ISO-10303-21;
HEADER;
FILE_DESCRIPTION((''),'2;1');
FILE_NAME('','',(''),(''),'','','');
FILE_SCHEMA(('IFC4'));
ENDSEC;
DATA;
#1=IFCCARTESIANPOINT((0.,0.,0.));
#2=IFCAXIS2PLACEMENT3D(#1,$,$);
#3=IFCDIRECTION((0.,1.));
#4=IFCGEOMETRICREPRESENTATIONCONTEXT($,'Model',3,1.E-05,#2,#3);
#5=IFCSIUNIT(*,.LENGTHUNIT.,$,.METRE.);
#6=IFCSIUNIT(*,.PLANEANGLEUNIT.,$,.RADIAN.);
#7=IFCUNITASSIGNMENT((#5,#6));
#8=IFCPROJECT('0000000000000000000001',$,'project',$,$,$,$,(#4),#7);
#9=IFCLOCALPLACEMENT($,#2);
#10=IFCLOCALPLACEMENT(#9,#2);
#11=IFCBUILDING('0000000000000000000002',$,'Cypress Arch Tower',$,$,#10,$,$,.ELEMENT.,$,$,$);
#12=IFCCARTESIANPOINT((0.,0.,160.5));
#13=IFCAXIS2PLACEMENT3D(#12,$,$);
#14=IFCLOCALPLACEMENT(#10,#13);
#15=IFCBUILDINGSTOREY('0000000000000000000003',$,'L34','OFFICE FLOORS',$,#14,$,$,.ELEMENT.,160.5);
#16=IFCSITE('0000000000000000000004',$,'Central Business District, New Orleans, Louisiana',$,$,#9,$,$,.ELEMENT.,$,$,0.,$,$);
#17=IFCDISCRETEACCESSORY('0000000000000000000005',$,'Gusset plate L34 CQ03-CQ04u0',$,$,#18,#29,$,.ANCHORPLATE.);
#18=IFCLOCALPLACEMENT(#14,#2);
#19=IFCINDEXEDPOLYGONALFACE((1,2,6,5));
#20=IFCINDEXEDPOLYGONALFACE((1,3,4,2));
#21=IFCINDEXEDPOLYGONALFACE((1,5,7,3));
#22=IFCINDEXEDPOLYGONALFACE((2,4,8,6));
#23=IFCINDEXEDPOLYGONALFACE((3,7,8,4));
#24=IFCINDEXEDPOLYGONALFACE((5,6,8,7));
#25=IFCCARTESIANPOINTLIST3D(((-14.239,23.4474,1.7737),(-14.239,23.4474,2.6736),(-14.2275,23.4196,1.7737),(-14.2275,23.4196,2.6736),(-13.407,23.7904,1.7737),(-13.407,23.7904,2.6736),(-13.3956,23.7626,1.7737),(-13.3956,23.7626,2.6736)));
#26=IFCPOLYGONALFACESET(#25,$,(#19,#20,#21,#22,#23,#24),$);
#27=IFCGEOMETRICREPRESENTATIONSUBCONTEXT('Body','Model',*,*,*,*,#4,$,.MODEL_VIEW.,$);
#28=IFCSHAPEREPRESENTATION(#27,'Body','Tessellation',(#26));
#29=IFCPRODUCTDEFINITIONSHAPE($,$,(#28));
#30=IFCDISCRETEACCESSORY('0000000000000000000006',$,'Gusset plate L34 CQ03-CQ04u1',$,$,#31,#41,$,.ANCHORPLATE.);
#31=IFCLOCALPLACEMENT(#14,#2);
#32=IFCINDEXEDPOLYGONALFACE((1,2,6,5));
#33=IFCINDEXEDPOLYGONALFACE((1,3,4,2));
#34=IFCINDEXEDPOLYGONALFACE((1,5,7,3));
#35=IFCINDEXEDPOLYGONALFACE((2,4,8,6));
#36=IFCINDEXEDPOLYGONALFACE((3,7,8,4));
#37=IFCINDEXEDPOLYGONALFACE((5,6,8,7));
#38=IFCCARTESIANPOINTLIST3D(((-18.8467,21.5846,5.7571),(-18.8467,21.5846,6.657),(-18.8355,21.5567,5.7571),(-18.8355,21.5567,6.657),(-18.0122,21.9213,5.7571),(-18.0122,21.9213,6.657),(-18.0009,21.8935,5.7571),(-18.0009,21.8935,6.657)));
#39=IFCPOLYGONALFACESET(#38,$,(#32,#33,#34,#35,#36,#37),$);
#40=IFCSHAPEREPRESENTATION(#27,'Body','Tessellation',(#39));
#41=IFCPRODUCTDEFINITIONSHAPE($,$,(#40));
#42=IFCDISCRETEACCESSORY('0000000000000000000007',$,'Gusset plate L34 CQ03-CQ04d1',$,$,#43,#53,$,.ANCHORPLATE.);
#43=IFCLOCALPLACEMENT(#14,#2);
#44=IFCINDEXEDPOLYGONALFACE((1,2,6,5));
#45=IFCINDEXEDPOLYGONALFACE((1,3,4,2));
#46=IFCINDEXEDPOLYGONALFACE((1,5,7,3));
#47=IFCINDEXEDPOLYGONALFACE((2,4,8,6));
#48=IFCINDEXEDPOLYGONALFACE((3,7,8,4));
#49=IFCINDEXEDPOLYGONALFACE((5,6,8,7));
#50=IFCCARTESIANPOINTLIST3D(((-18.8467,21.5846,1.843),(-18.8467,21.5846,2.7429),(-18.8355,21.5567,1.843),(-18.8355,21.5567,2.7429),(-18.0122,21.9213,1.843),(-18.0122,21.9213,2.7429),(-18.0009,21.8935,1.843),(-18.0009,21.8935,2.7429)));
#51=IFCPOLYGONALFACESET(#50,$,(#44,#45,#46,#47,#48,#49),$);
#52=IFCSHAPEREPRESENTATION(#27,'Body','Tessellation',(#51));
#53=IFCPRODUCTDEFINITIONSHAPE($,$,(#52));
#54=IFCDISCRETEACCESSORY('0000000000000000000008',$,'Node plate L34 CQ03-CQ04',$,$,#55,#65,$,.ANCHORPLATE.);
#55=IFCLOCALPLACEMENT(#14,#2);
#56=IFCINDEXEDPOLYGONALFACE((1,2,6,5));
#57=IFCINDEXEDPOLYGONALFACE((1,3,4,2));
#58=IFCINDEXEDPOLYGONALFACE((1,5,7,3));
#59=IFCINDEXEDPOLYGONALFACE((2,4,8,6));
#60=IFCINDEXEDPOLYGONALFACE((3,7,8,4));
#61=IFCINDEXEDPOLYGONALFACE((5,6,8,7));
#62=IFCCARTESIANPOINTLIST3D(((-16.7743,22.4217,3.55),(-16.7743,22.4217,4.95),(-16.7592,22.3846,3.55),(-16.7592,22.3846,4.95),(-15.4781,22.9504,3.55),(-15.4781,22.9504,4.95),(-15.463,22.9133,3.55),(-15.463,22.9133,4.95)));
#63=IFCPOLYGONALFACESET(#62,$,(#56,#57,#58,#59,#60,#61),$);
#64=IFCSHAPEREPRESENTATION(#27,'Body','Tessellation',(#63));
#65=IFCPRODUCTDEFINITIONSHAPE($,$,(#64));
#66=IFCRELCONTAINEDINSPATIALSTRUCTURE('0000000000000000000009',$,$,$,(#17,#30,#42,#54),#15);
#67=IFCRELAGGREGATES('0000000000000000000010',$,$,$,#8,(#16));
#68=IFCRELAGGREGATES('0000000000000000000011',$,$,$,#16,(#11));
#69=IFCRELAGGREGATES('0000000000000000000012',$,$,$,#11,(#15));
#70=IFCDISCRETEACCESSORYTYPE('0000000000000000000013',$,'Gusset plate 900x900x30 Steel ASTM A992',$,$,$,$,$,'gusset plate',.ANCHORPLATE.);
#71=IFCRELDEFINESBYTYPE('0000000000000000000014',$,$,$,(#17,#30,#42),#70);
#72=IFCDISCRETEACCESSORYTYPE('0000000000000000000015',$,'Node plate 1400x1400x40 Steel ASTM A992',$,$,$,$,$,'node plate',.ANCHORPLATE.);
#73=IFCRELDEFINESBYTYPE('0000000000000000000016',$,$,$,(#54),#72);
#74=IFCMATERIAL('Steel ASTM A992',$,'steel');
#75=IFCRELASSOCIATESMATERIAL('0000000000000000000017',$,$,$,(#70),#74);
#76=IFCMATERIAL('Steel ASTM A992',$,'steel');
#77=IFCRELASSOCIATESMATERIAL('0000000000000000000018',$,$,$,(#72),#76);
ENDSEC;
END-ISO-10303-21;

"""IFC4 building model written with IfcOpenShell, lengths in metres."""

from ifc_helpers import new_model, si_unit, direction, frame, origin, origin_2d, place, context, subcontext, project, spatial, rectangle, extrude, material, material_profile, profile_set, type_object, element, save


model = new_model("IFC4")

# Units and contexts
model_context = context("Model", 3, precision=1e-05, world=origin(), true_north=direction((0.0, 1.0)))
body_context = subcontext(model_context, "Body", "Model", "MODEL_VIEW")
ifc_project = project(units=[si_unit("LENGTHUNIT", "METRE"), si_unit("PLANEANGLEUNIT", "RADIAN")], contexts=[model_context])

# Site, building, storey
site_placement = place(None, origin())
site = spatial("IfcSite", under=ifc_project, at=site_placement, Name="Central Business District, New Orleans, Louisiana", CompositionType="ELEMENT", RefElevation=0.0)
building_placement = place(site_placement, origin())
building = spatial("IfcBuilding", under=site, at=building_placement, Name="Cypress Arch Tower", CompositionType="ELEMENT")
storey_placement = place(building_placement, frame((0.0, 0.0, 160.5)))
storey = spatial("IfcBuildingStorey", under=building, at=storey_placement, Name="L34", Description="OFFICE FLOORS", CompositionType="ELEMENT", Elevation=160.5)

# Discrete accessories
ifc_material_1 = material(Name="Steel ASTM A992", Category="steel")
ifc_material_profile_1 = material_profile(ifc_material_1, rectangle(XDim=0.8999, YDim=0.8999, at=origin_2d()), Name="PL 30 900x900")
ifc_profile_set_1 = profile_set([ifc_material_profile_1], Name="Steel ASTM A992")
discrete_accessory_type_1 = type_object("IfcDiscreteAccessoryType", Name="Gusset plate 900x900x30 Steel ASTM A992", ElementType="gusset plate", PredefinedType="ANCHORPLATE", material=ifc_profile_set_1)
for number, where, z_axis, x_axis, name in (
    (1, (-13.823, 23.6189, 2.2236), (0.381158, -0.92451, 0.0), (0.92451, 0.381158, 0.0), "Gusset plate L34 CQ03-CQ04u0"),
    (2, (-18.4294, 21.7529, 6.207), (0.374194, -0.92735, 0.0), (0.92735, 0.374194, 0.0), "Gusset plate L34 CQ03-CQ04u1"),
    (3, (-18.4294, 21.7529, 2.293), (0.374194, -0.92735, 0.0), (0.92735, 0.374194, 0.0), "Gusset plate L34 CQ03-CQ04d1"),
):
    element("IfcDiscreteAccessory", number, at=place(storey_placement, frame(where, z_axis=z_axis, x_axis=x_axis)), inside=storey, type_object=discrete_accessory_type_1, Name=name, PredefinedType="ANCHORPLATE", context=body_context, shape_type="SweptSolid", body=[
        extrude(rectangle(XDim=0.8999, YDim=0.8999, at=origin_2d()), origin(), (0.0, 0.0, 1.0), 0.03),
    ])
ifc_material_2 = material(Name="Steel ASTM A992", Category="steel")
ifc_material_profile_2 = material_profile(ifc_material_2, rectangle(XDim=1.3999, YDim=1.3999, at=origin_2d()), Name="PL 40 1400x1400")
ifc_profile_set_2 = profile_set([ifc_material_profile_2], Name="Steel ASTM A992")
discrete_accessory_type_2 = type_object("IfcDiscreteAccessoryType", Name="Node plate 1400x1400x40 Steel ASTM A992", ElementType="node plate", PredefinedType="ANCHORPLATE", material=ifc_profile_set_2)
discrete_accessory_placement = place(storey_placement, frame((-16.1262, 22.686, 4.25), z_axis=(0.377684, -0.925935, 0.0), x_axis=(0.925935, 0.377684, 0.0)))
element("IfcDiscreteAccessory", 4, at=discrete_accessory_placement, inside=storey, type_object=discrete_accessory_type_2, Name="Node plate L34 CQ03-CQ04", PredefinedType="ANCHORPLATE", context=body_context, shape_type="SweptSolid", body=[
    extrude(rectangle(XDim=1.3999, YDim=1.3999, at=origin_2d()), origin(), (0.0, 0.0, 1.0), 0.04),
])

save(model, "model.ifc")
